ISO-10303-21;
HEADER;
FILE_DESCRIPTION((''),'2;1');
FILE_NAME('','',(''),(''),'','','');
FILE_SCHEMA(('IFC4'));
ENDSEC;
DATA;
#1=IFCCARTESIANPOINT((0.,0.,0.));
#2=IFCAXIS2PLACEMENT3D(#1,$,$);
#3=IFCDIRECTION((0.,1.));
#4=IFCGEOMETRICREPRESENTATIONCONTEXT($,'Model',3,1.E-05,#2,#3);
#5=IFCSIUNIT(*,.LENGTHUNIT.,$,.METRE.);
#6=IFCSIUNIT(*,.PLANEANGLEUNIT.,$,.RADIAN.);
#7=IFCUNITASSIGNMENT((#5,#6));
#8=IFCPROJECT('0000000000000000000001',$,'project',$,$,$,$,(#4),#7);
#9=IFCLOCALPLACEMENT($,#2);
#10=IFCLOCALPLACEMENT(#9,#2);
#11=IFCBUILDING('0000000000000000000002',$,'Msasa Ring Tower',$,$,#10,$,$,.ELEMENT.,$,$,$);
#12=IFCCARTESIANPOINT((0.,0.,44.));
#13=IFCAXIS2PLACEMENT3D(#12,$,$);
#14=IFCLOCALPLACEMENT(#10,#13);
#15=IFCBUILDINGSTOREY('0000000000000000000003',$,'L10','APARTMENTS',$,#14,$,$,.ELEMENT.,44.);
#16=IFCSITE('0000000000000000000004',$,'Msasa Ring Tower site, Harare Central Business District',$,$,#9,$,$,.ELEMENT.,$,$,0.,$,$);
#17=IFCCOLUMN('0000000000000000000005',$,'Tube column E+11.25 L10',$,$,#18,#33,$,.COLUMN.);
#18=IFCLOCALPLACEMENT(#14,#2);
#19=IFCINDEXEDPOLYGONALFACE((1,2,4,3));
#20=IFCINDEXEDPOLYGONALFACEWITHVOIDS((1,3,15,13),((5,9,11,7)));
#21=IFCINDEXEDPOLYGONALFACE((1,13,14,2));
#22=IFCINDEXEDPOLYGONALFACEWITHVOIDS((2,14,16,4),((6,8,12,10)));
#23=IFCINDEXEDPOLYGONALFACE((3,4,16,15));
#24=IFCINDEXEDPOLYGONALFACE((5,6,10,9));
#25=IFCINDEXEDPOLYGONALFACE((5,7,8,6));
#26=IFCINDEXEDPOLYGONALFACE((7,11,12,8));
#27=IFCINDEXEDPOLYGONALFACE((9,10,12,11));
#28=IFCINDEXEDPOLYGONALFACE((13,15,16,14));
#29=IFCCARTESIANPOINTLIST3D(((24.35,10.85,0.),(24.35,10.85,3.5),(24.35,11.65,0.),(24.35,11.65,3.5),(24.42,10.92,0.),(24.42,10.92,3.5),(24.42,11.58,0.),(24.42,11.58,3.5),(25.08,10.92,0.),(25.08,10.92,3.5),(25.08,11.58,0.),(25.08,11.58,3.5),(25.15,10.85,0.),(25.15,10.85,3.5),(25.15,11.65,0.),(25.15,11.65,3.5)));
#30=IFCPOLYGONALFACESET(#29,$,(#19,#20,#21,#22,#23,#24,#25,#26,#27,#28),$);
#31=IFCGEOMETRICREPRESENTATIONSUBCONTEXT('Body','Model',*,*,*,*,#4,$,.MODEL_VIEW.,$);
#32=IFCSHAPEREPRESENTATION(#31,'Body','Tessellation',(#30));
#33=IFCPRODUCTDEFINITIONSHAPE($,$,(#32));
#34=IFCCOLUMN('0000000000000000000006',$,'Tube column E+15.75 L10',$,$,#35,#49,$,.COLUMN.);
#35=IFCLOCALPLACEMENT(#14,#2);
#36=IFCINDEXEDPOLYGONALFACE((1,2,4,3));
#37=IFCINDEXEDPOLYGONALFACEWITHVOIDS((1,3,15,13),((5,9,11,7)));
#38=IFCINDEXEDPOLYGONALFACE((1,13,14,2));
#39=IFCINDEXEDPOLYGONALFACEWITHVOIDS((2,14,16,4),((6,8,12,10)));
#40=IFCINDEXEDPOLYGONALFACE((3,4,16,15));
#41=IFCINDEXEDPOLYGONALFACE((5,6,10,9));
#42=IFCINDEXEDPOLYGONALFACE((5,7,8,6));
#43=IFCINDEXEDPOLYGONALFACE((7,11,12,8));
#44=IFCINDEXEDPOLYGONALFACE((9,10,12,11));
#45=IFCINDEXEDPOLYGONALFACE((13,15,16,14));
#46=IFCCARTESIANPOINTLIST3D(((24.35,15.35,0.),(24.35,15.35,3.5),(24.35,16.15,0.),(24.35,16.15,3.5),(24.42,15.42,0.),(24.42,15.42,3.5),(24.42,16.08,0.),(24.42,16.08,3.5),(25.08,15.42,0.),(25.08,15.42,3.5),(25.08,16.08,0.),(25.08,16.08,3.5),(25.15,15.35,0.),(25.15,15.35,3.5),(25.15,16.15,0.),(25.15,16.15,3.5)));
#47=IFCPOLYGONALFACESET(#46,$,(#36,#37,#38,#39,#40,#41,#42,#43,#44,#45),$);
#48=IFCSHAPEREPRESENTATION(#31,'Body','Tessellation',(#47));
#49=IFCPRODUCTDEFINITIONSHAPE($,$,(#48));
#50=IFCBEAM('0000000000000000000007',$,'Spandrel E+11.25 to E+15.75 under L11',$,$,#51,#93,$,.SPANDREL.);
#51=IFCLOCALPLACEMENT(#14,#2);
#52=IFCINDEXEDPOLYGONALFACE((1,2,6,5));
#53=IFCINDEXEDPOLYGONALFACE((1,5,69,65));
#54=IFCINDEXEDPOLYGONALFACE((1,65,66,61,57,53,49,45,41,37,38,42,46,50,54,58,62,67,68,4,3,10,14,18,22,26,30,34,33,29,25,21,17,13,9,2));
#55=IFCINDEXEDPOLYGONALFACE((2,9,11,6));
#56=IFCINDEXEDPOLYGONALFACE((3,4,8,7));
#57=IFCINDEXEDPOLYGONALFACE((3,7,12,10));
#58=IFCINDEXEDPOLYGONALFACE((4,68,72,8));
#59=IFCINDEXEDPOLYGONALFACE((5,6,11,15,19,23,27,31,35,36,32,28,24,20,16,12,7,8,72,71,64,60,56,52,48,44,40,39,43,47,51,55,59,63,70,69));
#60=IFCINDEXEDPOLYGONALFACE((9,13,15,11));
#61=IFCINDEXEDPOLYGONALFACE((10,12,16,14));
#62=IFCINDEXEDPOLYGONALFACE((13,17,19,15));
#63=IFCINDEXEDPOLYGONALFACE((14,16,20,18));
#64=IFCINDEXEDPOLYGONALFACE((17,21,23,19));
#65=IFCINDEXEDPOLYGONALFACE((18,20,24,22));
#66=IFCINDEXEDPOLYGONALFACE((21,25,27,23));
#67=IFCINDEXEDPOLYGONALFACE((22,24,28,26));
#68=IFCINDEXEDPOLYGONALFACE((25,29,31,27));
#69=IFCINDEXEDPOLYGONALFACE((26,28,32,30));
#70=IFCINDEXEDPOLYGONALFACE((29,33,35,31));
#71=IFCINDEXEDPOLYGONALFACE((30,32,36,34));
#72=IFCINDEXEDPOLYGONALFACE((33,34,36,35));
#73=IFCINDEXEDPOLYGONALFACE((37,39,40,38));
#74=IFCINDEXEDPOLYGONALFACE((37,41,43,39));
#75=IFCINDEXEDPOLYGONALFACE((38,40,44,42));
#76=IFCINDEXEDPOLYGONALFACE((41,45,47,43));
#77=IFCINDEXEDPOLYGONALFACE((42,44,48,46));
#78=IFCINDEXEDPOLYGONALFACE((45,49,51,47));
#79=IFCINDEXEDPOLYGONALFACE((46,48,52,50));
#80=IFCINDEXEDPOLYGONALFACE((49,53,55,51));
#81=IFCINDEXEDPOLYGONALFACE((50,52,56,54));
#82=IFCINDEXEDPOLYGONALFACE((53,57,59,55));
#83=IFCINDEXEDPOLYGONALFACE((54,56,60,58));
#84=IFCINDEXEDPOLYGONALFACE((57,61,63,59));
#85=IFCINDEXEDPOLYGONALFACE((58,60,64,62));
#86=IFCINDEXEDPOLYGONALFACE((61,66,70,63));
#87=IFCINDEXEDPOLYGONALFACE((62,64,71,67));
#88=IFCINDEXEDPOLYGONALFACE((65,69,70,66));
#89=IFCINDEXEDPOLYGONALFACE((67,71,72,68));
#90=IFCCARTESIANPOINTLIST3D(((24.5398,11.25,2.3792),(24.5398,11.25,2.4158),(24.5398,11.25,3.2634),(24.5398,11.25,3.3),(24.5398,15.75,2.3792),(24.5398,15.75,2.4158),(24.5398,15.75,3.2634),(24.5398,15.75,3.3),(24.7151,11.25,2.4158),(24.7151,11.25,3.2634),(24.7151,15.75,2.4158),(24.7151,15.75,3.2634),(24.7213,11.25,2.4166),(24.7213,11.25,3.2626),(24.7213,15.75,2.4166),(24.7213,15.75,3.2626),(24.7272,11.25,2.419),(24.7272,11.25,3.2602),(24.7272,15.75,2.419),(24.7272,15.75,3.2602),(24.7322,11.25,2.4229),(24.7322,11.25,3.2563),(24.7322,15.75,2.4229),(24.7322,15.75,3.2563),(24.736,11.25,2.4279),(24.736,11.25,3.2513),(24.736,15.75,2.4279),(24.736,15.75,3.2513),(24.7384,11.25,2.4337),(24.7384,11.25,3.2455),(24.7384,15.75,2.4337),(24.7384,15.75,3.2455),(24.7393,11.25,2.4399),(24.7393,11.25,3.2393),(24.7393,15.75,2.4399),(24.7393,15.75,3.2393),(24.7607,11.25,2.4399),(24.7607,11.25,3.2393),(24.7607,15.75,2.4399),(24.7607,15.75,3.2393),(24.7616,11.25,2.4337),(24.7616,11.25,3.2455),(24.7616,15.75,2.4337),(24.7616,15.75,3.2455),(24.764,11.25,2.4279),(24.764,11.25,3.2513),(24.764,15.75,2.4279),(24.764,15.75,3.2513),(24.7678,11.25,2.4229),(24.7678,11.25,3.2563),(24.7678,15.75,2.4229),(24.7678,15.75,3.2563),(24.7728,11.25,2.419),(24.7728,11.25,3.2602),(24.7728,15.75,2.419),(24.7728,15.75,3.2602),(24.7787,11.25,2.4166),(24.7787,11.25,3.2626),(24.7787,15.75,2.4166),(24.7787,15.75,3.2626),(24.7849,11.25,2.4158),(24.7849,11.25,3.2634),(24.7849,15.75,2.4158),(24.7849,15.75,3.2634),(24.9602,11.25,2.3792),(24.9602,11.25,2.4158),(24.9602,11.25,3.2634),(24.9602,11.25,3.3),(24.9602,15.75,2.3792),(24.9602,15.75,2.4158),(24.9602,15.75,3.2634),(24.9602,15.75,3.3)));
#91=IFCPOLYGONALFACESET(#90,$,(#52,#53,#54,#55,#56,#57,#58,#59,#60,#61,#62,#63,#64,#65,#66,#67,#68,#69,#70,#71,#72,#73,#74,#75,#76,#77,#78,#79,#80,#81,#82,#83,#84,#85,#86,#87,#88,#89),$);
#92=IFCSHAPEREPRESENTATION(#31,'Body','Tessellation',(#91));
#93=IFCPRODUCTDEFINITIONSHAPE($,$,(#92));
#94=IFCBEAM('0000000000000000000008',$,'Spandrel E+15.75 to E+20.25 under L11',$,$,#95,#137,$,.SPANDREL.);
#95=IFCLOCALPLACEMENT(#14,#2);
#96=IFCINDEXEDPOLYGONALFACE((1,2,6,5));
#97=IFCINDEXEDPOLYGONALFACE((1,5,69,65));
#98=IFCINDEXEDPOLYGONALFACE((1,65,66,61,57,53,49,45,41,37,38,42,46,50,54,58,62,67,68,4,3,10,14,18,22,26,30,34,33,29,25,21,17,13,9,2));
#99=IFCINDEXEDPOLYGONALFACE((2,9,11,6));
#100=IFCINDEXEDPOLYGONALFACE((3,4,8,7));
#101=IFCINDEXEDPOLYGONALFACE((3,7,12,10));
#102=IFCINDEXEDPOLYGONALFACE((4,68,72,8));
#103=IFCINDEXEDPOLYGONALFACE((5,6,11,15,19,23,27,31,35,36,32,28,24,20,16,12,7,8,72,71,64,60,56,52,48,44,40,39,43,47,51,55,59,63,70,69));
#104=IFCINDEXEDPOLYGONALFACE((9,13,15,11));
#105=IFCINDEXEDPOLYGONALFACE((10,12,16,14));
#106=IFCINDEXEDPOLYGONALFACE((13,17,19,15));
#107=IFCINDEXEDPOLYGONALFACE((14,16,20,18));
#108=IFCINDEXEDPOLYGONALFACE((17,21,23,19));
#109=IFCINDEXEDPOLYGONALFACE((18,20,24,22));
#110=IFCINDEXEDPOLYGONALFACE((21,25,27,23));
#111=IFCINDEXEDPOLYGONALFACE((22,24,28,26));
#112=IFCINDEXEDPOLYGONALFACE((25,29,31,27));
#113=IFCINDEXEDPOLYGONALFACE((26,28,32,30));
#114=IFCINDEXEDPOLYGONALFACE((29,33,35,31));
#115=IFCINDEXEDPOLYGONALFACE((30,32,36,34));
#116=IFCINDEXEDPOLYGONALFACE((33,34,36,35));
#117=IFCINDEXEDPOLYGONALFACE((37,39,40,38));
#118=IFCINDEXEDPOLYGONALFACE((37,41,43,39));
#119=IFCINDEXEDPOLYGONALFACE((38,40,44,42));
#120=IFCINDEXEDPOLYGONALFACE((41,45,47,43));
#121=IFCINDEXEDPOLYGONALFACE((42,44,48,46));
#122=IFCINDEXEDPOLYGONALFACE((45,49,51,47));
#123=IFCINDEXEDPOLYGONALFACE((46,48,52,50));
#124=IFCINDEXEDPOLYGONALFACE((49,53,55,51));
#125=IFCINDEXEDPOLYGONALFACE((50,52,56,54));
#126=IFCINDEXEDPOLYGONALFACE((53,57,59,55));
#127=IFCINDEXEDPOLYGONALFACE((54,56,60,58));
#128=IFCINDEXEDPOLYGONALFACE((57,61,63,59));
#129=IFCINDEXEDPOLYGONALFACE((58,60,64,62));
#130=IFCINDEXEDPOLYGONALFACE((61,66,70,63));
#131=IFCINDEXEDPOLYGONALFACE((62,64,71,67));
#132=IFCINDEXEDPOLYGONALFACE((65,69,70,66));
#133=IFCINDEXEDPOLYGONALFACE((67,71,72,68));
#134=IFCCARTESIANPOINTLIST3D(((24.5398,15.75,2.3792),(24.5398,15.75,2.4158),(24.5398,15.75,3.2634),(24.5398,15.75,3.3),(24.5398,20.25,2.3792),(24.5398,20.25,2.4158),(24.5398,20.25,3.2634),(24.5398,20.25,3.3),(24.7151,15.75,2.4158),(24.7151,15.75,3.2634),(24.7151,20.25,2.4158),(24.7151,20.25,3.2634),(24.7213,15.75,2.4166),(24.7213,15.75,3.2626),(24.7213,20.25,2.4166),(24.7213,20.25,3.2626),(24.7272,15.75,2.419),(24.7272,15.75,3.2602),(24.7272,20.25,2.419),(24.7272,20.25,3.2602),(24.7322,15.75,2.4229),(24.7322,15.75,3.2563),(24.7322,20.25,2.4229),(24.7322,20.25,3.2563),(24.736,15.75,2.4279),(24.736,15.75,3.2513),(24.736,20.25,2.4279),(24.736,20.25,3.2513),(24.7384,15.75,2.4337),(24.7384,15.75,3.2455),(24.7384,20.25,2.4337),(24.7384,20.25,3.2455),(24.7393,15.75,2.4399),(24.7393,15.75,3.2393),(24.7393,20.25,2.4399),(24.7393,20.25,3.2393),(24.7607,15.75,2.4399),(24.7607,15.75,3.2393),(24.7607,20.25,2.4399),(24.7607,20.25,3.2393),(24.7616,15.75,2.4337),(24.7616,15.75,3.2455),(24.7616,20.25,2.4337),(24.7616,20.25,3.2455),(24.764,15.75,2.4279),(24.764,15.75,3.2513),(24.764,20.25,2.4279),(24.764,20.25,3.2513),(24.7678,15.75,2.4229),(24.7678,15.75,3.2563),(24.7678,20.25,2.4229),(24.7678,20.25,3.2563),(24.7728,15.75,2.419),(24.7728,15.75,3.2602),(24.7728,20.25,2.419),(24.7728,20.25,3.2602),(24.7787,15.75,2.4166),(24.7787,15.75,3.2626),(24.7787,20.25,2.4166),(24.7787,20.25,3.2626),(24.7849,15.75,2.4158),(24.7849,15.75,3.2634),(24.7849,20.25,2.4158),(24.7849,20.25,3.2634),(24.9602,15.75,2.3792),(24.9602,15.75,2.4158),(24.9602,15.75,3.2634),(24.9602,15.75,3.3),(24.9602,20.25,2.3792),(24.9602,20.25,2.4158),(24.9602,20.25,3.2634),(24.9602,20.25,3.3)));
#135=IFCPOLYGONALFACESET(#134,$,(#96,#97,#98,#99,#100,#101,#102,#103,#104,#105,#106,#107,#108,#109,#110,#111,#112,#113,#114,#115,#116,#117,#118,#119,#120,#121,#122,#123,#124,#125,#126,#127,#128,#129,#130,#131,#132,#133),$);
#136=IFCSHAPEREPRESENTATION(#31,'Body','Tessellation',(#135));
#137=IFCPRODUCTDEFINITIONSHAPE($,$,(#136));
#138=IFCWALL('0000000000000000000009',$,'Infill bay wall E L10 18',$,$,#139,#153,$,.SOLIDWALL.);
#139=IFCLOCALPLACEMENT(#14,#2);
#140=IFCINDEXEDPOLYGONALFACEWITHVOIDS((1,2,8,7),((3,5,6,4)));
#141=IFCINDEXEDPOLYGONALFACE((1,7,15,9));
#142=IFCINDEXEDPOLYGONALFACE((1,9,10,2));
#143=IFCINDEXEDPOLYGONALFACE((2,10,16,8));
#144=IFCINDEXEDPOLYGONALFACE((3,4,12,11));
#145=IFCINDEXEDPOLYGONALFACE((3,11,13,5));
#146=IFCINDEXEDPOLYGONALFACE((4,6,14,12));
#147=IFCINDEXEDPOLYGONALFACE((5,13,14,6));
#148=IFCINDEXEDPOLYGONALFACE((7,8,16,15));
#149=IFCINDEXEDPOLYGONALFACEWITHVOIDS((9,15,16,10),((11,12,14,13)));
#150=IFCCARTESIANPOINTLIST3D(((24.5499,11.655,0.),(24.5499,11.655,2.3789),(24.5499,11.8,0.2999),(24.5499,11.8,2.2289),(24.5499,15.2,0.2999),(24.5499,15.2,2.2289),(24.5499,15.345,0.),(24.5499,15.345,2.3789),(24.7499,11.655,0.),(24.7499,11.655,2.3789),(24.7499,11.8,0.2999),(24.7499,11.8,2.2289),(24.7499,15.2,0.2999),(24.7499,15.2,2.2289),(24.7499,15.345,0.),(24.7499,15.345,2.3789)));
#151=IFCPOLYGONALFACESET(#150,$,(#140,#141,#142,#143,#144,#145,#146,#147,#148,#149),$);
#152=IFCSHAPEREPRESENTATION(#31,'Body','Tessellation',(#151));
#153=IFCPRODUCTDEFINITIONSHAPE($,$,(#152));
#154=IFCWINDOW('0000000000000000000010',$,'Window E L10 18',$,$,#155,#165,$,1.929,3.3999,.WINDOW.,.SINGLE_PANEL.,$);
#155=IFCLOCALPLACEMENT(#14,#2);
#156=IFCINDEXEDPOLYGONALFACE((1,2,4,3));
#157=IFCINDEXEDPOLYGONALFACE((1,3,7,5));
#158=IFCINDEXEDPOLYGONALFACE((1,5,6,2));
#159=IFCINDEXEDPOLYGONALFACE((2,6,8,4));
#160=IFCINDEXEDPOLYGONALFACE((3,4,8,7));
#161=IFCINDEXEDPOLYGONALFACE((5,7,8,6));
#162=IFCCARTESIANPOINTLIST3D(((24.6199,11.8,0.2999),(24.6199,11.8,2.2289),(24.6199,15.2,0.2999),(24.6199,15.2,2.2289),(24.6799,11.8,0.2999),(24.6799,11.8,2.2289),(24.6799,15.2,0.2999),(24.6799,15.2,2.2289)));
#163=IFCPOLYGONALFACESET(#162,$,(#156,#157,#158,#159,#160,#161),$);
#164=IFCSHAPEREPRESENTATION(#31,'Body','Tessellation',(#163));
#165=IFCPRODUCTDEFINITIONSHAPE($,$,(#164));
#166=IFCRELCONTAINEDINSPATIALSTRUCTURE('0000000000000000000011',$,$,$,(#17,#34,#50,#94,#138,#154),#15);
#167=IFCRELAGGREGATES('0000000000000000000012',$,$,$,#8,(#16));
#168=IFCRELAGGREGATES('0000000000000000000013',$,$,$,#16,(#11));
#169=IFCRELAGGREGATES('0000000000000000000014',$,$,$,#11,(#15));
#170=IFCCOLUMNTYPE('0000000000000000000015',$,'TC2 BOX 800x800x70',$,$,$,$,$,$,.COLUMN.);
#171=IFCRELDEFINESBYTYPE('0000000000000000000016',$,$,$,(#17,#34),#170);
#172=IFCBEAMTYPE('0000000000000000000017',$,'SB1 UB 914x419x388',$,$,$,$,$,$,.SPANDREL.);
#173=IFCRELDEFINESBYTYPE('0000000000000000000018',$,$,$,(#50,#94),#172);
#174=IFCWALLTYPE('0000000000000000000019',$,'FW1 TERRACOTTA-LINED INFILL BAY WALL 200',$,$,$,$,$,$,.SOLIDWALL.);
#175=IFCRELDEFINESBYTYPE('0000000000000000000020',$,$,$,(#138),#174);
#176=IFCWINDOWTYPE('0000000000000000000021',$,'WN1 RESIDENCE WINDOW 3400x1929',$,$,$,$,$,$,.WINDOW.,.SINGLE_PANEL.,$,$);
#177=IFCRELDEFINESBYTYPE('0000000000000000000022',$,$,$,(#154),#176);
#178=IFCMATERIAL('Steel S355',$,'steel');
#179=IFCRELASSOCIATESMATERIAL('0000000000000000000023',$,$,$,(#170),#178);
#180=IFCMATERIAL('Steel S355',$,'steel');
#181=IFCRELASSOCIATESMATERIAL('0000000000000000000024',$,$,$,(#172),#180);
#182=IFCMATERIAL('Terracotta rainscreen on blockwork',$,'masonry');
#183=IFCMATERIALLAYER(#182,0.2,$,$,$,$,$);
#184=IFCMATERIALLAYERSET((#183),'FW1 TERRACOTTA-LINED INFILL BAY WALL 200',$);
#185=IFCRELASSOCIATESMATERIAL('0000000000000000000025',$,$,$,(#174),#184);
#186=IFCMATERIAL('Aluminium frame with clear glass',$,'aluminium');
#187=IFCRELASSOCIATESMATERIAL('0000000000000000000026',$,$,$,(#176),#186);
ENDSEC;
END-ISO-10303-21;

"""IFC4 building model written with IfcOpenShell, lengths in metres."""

from ifc_helpers import new_model, si_unit, direction, frame, frame_2d, origin, origin_2d, place, context, subcontext, project, spatial, rectangle, hollow_rectangle, i_section, extrude, material, layer, layer_set, material_profile, profile_set, type_object, element, fill, save


model = new_model("IFC4")

# Units and contexts
model_context = context("Model", 3, precision=1e-05, world=origin(), true_north=direction((0.0, 1.0)))
body_context = subcontext(model_context, "Body", "Model", "MODEL_VIEW")
ifc_project = project(units=[si_unit("LENGTHUNIT", "METRE"), si_unit("PLANEANGLEUNIT", "RADIAN")], contexts=[model_context])

# Site, building, storey
site_placement = place(None, origin())
site = spatial("IfcSite", under=ifc_project, at=site_placement, Name="Msasa Ring Tower site, Harare Central Business District", CompositionType="ELEMENT", RefElevation=0.0)
building_placement = place(site_placement, origin())
building = spatial("IfcBuilding", under=site, at=building_placement, Name="Msasa Ring Tower", CompositionType="ELEMENT")
storey_placement = place(building_placement, frame((0.0, 0.0, 44.0)))
storey = spatial("IfcBuildingStorey", under=building, at=storey_placement, Name="L10", Description="APARTMENTS", CompositionType="ELEMENT", Elevation=44.0)

# Columns
ifc_material_1 = material(Name="Steel S355", Category="steel")
ifc_material_profile_1 = material_profile(ifc_material_1, hollow_rectangle(XDim=0.8, YDim=0.8, WallThickness=0.0701, at=origin_2d()), Name="BOX 800x800x70")
ifc_profile_set_1 = profile_set([ifc_material_profile_1], Name="Steel S355")
column_type = type_object("IfcColumnType", Name="TC2 BOX 800x800x70", PredefinedType="COLUMN", material=ifc_profile_set_1)
for number, where, z_axis, x_axis, name in (
    (1, (24.75, 11.25, 0.0), (0.0, 0.0, 1.0), (1.0, 0.0, 0.0), "Tube column E+11.25 L10"),
    (2, (24.75, 15.75, 0.0), (0.0, 0.0, 1.0), (1.0, 0.0, 0.0), "Tube column E+15.75 L10"),
):
    element("IfcColumn", number, at=place(storey_placement, frame(where, z_axis=z_axis, x_axis=x_axis)), inside=storey, type_object=column_type, Name=name, PredefinedType="COLUMN", context=body_context, shape_type="SweptSolid", body=[
        extrude(hollow_rectangle(XDim=0.8, YDim=0.8, WallThickness=0.0701, at=origin_2d()), origin(), (0.0, 0.0, 1.0), 3.5),
    ])

# Beams
ifc_material_2 = material(Name="Steel S355", Category="steel")
ifc_material_profile_2 = material_profile(ifc_material_2, i_section(OverallWidth=0.4204, OverallDepth=0.9209, WebThickness=0.0215, FlangeThickness=0.0366, FilletRadius=0.0242, at=origin_2d()), Name="UB 914x419x388")
ifc_profile_set_2 = profile_set([ifc_material_profile_2], Name="Steel S355")
beam_type = type_object("IfcBeamType", Name="SB1 UB 914x419x388", PredefinedType="SPANDREL", material=ifc_profile_set_2)
for number, where, z_axis, x_axis, name in (
    (3, (24.75, 11.25, 2.8396), (0.0, 1.0, 0.0), (-1.0, 0.0, 0.0), "Spandrel E+11.25 to E+15.75 under L11"),
    (4, (24.75, 15.75, 2.8396), (0.0, 1.0, 0.0), (-1.0, 0.0, 0.0), "Spandrel E+15.75 to E+20.25 under L11"),
):
    element("IfcBeam", number, at=place(storey_placement, frame(where, z_axis=z_axis, x_axis=x_axis)), inside=storey, type_object=beam_type, Name=name, PredefinedType="SPANDREL", context=body_context, shape_type="SweptSolid", body=[
        extrude(i_section(OverallWidth=0.4204, OverallDepth=0.9209, WebThickness=0.0215, FlangeThickness=0.0366, FilletRadius=0.0242, at=origin_2d()), origin(), (0.0, 0.0, 1.0), 4.5),
    ])

# Wall, opening, window
ifc_material_3 = material(Name="Terracotta rainscreen on blockwork", Category="masonry")
ifc_layer_1 = layer(ifc_material_3, 0.2)
ifc_layer_set_1 = layer_set([ifc_layer_1], Name="FW1 TERRACOTTA-LINED INFILL BAY WALL 200")
wall_type_1 = type_object("IfcWallType", Name="FW1 TERRACOTTA-LINED INFILL BAY WALL 200", PredefinedType="SOLIDWALL", material=ifc_layer_set_1)
wall_1_placement = place(storey_placement, frame((24.6499, 11.655, 0.0), z_axis=(0.0, 0.0, 1.0), x_axis=(0.0, 1.0, 0.0)))
wall_1 = element("IfcWall", 5, at=wall_1_placement, inside=storey, type_object=wall_type_1, Name="Infill bay wall E L10 18", PredefinedType="SOLIDWALL", context=body_context, shape_type="SweptSolid", body=[
    extrude(rectangle(XDim=3.6899, YDim=0.2, at=frame_2d((1.845, 0.0))), origin(), (0.0, 0.0, 1.0), 2.3789),
])
opening_1_placement = place(wall_1_placement, frame((0.145, 0.0, 0.3)))
opening_1 = element("IfcOpeningElement", 6, at=opening_1_placement, cuts=wall_1, PredefinedType="OPENING", context=body_context, shape_type="SweptSolid", body=[
    extrude(rectangle(XDim=3.3999, YDim=1.929, at=frame_2d((1.7, 0.9644))), frame((0.0, 0.1099, 0.0), z_axis=(0.0, -1.0, 0.0), x_axis=(1.0, 0.0, 0.0)), (0.0, 0.0, 1.0), 0.22),
])
ifc_material_4 = material(Name="Aluminium frame with clear glass", Category="aluminium")
window_type = type_object("IfcWindowType", Name="WN1 RESIDENCE WINDOW 3400x1929", PartitioningType="SINGLE_PANEL", PredefinedType="WINDOW", material=ifc_material_4)
window_1_placement = place(opening_1_placement, origin())
window_1 = element("IfcWindow", 7, at=window_1_placement, inside=storey, type_object=window_type, Name="Window E L10 18", OverallHeight=1.929, OverallWidth=3.3999, PartitioningType="SINGLE_PANEL", PredefinedType="WINDOW", context=body_context, shape_type="SweptSolid", body=[
    extrude(rectangle(XDim=3.3999, YDim=1.929, at=frame_2d((1.7, 0.9644))), frame((0.0, 0.03, 0.0), z_axis=(0.0, -1.0, 0.0), x_axis=(1.0, 0.0, 0.0)), (0.0, 0.0, 1.0), 0.0601),
])
fill(opening_1, window_1)

save(model, "model.ifc")
